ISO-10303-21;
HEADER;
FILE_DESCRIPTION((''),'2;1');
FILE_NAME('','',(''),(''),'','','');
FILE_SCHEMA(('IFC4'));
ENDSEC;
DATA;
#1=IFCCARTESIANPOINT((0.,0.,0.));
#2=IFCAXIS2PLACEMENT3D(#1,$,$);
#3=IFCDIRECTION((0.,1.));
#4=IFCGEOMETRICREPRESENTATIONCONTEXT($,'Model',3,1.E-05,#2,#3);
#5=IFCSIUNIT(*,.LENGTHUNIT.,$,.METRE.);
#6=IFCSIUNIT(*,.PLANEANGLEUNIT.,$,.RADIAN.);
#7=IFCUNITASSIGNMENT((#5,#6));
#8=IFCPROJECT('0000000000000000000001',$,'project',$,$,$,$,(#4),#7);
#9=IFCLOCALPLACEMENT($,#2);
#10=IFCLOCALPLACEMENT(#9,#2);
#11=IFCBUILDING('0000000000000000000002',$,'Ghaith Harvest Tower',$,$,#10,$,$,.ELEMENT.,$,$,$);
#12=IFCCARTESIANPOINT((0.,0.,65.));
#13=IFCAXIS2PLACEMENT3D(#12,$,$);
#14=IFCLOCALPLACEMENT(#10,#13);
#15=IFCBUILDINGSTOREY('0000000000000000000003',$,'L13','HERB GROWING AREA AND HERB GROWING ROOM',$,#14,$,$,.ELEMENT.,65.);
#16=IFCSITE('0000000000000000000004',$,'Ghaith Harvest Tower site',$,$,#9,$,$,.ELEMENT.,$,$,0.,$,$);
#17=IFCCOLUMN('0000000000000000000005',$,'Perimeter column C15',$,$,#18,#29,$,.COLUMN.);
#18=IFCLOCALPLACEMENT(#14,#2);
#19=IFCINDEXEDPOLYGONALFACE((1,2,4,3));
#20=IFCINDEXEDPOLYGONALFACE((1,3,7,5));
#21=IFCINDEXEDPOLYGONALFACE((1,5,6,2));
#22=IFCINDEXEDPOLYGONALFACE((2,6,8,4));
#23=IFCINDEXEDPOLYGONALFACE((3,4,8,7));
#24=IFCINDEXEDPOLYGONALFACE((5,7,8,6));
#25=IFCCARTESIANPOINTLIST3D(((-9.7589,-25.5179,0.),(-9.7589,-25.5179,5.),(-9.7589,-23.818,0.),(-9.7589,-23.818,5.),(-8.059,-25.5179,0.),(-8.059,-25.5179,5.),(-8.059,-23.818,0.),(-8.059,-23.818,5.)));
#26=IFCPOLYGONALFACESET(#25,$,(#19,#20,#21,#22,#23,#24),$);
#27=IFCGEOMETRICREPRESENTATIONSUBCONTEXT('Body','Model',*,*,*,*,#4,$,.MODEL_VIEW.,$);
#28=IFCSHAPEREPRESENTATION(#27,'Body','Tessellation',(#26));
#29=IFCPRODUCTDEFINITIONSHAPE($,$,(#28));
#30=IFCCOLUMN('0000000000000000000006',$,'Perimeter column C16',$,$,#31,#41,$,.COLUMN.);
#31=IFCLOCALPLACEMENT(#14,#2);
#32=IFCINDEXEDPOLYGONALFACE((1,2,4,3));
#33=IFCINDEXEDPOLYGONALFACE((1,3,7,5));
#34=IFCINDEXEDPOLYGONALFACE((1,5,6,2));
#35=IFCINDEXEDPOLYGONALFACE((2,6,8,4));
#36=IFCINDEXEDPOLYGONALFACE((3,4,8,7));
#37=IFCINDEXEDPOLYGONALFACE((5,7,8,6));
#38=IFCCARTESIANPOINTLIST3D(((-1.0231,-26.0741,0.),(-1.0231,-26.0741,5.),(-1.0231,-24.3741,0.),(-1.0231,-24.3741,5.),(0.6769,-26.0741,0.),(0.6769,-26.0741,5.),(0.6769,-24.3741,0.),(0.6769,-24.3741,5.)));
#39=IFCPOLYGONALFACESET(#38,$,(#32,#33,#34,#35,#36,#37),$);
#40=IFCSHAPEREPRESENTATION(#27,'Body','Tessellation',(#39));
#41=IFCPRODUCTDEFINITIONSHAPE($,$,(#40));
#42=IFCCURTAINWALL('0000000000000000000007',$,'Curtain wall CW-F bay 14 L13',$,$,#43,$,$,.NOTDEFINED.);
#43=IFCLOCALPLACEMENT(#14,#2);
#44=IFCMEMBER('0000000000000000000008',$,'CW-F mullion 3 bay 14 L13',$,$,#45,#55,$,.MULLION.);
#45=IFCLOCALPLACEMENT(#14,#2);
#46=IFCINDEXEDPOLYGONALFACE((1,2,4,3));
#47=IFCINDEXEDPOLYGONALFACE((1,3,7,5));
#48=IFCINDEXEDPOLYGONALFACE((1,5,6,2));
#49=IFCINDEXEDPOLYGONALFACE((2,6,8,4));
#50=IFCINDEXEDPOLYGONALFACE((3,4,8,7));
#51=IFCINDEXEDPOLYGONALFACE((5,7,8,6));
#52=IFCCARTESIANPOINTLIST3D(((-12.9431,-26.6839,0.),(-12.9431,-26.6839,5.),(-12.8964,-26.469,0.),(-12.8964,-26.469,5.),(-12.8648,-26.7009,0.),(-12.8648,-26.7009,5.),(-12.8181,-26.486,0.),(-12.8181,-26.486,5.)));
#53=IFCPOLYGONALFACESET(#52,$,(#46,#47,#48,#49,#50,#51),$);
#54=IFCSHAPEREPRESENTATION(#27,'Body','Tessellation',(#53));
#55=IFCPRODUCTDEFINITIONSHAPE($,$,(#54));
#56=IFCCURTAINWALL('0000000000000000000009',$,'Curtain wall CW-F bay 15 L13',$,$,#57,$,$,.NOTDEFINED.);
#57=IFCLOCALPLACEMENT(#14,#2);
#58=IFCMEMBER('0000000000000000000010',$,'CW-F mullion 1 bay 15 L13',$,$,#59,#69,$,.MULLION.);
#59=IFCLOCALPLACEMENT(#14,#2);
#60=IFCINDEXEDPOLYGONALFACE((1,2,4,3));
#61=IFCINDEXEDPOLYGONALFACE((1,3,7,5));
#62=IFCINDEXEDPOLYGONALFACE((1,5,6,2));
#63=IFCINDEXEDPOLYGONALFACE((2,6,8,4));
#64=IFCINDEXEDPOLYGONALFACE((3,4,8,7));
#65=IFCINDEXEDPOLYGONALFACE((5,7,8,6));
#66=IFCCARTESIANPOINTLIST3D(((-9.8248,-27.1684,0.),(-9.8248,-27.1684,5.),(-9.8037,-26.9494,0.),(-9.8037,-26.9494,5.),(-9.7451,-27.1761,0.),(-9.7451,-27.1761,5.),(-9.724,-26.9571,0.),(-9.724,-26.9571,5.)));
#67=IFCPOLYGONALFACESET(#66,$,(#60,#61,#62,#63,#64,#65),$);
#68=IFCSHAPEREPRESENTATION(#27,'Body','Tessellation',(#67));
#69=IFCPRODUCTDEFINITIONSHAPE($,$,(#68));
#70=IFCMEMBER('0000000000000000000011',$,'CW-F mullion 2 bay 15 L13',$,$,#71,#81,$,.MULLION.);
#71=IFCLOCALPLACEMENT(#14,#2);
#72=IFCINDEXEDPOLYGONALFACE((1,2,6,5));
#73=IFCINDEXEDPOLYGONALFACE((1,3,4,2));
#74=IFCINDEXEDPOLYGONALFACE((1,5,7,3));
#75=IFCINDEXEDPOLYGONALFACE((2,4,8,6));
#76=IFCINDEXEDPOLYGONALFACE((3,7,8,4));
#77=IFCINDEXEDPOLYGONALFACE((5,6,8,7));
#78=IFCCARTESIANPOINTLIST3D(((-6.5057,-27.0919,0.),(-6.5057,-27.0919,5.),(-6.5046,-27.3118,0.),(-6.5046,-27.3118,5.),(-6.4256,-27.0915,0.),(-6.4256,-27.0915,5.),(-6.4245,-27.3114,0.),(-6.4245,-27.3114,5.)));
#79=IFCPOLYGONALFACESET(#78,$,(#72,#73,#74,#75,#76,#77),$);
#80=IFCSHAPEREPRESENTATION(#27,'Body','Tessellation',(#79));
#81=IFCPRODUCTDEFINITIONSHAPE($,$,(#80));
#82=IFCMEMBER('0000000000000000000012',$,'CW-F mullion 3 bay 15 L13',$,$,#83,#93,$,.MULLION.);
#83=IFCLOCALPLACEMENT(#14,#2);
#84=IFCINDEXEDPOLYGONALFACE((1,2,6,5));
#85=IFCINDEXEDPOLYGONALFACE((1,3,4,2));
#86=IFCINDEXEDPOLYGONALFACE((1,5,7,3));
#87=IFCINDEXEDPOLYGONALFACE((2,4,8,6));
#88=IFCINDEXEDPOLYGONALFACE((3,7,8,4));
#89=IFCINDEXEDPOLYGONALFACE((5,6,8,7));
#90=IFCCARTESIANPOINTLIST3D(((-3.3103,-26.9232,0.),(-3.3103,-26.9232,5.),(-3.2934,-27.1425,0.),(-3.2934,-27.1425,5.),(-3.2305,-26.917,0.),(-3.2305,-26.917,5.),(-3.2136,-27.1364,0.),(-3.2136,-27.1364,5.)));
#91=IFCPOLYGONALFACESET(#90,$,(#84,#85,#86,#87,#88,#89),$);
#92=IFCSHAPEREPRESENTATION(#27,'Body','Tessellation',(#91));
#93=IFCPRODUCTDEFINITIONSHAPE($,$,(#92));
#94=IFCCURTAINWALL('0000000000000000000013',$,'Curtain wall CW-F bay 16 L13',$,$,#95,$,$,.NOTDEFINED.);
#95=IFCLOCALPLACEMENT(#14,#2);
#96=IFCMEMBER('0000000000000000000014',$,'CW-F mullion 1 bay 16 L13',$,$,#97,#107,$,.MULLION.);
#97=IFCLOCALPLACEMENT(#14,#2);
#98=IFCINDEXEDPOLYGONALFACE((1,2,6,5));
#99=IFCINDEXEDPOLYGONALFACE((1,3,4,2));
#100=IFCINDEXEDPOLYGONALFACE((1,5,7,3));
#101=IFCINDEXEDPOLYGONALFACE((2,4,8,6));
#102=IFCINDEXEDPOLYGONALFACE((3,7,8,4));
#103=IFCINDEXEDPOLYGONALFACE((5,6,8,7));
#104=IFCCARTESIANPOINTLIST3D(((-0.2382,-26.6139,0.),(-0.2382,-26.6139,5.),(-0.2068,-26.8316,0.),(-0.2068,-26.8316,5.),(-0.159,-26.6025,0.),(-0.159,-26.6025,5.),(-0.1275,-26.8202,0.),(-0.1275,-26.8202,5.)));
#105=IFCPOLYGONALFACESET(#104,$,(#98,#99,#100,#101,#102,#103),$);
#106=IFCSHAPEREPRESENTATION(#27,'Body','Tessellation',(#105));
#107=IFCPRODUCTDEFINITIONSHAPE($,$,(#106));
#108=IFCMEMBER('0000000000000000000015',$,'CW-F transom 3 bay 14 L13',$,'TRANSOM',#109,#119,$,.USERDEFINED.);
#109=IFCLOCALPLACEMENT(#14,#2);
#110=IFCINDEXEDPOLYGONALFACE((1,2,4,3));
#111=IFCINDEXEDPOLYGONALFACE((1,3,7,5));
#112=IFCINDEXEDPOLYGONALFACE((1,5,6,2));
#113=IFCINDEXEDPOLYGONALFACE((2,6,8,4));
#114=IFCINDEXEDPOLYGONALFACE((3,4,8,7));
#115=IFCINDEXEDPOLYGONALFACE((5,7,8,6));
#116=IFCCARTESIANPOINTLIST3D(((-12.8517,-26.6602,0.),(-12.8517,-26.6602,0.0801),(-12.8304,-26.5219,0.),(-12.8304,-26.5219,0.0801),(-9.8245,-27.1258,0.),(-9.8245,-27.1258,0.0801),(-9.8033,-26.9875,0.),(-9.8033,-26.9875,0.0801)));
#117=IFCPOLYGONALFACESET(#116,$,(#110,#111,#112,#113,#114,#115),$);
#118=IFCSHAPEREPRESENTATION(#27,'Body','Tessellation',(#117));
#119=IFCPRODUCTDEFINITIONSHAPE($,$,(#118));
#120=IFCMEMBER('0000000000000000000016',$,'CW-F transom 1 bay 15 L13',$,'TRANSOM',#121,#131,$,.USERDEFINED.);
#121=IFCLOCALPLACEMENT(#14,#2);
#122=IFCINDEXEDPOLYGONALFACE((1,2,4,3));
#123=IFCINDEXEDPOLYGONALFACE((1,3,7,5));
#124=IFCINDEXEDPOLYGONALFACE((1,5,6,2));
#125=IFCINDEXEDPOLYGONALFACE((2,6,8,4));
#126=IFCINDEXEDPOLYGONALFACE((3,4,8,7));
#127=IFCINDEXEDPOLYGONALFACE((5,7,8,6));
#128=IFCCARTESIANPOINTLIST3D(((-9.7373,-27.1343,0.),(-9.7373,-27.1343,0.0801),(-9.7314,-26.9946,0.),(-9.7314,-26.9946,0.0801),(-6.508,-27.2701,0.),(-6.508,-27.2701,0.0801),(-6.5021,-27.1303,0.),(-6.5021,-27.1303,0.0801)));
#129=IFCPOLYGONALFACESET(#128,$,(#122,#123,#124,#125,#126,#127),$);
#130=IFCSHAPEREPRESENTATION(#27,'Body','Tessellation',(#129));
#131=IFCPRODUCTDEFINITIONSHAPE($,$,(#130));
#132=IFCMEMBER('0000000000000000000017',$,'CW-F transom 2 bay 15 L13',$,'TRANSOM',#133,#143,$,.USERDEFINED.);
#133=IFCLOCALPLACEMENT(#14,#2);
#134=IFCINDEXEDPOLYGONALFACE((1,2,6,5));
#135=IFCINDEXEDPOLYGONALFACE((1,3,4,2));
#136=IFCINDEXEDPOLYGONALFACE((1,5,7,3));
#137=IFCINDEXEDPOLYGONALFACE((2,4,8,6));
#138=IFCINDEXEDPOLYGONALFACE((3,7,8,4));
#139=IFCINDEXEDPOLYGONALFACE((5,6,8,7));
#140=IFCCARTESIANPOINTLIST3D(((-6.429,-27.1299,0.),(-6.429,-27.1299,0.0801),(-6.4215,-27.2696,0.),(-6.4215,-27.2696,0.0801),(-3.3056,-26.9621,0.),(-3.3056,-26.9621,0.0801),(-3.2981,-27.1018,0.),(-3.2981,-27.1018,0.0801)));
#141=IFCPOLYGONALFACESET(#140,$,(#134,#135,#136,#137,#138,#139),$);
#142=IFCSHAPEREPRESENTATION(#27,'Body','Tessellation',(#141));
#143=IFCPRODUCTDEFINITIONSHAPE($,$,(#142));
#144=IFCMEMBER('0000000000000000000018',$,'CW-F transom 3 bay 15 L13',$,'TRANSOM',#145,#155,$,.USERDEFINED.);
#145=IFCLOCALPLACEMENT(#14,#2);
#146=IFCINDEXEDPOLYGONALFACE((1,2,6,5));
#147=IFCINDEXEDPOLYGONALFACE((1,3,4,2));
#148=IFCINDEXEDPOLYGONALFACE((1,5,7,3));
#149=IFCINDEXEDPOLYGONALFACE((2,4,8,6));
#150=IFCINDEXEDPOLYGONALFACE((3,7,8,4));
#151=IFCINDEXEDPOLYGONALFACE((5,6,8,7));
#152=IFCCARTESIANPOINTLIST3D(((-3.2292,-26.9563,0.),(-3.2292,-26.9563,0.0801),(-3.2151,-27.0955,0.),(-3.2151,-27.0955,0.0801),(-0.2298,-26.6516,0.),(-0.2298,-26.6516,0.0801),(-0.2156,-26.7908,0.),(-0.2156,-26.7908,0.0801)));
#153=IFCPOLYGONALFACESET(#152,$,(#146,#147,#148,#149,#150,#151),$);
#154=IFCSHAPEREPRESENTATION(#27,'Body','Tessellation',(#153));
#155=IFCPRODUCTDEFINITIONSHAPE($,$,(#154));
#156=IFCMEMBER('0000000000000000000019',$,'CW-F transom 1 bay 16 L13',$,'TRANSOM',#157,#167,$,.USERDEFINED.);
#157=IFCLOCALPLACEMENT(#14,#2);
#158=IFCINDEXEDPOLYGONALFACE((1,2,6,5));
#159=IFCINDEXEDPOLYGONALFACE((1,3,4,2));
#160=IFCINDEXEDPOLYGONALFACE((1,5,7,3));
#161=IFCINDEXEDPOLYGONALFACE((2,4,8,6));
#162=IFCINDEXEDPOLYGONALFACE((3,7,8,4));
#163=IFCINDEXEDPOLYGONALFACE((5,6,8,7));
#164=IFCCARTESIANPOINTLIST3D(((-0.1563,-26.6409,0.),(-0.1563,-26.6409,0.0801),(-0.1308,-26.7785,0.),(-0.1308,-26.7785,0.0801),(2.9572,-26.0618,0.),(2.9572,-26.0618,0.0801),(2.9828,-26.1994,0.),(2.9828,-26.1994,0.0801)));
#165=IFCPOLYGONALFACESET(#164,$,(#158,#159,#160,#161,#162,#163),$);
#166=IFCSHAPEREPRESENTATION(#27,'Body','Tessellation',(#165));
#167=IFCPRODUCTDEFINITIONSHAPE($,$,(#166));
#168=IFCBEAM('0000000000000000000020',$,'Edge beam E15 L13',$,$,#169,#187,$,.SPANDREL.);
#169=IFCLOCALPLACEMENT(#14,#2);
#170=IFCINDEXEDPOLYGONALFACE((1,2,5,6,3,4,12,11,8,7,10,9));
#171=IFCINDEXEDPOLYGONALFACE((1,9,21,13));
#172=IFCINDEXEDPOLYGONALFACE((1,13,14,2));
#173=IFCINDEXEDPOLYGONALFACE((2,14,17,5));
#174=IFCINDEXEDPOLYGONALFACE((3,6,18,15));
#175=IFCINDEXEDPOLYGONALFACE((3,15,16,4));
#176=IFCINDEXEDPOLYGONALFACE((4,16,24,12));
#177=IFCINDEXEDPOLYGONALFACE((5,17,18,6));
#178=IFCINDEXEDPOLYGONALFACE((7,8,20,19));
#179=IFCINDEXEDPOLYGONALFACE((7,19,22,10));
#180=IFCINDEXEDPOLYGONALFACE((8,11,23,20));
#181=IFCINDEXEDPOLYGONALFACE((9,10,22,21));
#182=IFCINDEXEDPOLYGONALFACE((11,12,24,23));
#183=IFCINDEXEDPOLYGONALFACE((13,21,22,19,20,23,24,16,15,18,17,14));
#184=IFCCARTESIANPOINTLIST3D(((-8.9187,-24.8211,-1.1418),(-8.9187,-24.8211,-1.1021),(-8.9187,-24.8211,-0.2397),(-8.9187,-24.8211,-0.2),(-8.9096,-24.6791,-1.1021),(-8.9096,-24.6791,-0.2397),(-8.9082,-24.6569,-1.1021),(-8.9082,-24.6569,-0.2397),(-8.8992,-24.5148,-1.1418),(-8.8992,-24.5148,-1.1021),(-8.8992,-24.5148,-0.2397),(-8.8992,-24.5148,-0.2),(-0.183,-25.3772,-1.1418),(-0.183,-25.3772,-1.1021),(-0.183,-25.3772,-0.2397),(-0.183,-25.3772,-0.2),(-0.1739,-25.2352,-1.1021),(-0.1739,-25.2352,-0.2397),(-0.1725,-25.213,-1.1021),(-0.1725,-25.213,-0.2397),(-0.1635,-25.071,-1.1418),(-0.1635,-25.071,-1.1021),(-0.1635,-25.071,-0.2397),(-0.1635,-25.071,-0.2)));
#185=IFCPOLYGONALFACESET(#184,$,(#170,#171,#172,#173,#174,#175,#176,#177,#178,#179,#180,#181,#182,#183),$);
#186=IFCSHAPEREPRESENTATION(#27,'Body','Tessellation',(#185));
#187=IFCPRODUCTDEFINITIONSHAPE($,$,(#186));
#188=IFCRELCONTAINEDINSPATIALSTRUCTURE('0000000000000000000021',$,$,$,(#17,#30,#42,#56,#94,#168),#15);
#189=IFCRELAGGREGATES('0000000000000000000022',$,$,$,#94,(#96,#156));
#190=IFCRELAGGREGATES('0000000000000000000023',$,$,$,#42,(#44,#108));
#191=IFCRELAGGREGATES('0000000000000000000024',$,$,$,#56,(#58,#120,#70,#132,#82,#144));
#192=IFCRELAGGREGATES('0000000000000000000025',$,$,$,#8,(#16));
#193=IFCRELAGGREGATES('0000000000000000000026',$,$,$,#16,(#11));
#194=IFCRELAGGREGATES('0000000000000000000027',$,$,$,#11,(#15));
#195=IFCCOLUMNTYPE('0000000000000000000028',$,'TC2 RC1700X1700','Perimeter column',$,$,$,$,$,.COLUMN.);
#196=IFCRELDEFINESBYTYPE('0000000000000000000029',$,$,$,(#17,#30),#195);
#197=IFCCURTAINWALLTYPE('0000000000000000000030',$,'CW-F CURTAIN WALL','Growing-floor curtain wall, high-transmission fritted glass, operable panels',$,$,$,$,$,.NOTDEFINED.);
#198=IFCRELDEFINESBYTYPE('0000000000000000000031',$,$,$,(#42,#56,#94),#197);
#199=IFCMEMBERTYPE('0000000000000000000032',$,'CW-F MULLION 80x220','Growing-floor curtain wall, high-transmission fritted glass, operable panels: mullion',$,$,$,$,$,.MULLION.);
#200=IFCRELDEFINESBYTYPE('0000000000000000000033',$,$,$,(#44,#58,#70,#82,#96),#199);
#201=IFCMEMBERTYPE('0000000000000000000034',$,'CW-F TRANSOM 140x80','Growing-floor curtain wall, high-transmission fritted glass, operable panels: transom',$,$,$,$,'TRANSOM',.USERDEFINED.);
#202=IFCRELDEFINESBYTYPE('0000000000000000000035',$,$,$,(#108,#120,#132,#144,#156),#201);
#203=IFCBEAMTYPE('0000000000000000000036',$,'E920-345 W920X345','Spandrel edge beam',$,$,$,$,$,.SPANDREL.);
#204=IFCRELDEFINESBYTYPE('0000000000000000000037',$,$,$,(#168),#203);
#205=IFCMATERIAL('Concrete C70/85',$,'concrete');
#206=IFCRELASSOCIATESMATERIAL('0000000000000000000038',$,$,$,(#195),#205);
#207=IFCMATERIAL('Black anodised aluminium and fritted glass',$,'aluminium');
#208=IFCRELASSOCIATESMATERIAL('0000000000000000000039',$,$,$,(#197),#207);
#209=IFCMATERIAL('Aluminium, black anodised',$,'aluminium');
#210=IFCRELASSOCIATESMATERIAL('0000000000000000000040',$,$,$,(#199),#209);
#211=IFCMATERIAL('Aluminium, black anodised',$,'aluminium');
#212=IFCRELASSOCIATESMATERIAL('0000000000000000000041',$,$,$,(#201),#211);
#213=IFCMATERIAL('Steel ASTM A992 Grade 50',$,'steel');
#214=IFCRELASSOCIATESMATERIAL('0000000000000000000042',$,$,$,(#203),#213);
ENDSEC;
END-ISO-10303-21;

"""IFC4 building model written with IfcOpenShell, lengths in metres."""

from ifc_helpers import new_model, si_unit, direction, frame, origin, origin_2d, place, context, subcontext, project, spatial, rectangle, i_section, extrude, material, material_profile, profile_set, type_object, element, aggregate, save


model = new_model("IFC4")

# Units and contexts
model_context = context("Model", 3, precision=1e-05, world=origin(), true_north=direction((0.0, 1.0)))
body_context = subcontext(model_context, "Body", "Model", "MODEL_VIEW")
ifc_project = project(units=[si_unit("LENGTHUNIT", "METRE"), si_unit("PLANEANGLEUNIT", "RADIAN")], contexts=[model_context])

# Site, building, storey
site_placement = place(None, origin())
site = spatial("IfcSite", under=ifc_project, at=site_placement, Name="Ghaith Harvest Tower site", CompositionType="ELEMENT", RefElevation=0.0)
building_placement = place(site_placement, origin())
building = spatial("IfcBuilding", under=site, at=building_placement, Name="Ghaith Harvest Tower", CompositionType="ELEMENT")
storey_placement = place(building_placement, frame((0.0, 0.0, 65.0)))
storey = spatial("IfcBuildingStorey", under=building, at=storey_placement, Name="L13", Description="HERB GROWING AREA AND HERB GROWING ROOM", CompositionType="ELEMENT", Elevation=65.0)

# Columns
ifc_material_1 = material(Name="Concrete C70/85", Category="concrete")
ifc_material_profile_1 = material_profile(ifc_material_1, rectangle(XDim=1.7, YDim=1.7, at=origin_2d()), Name="RC1700X1700")
ifc_profile_set_1 = profile_set([ifc_material_profile_1], Name="Concrete C70/85")
column_type = type_object("IfcColumnType", Name="TC2 RC1700X1700", Description="Perimeter column", PredefinedType="COLUMN", material=ifc_profile_set_1)
for number, where, z_axis, x_axis, name in (
    (1, (-8.9089, -24.668, 0.0), (0.0, 0.0, 1.0), (1.0, 0.0, 0.0), "Perimeter column C15"),
    (2, (-0.1731, -25.2241, 0.0), (0.0, 0.0, 1.0), (1.0, 0.0, 0.0), "Perimeter column C16"),
):
    element("IfcColumn", number, at=place(storey_placement, frame(where, z_axis=z_axis, x_axis=x_axis)), inside=storey, type_object=column_type, Name=name, PredefinedType="COLUMN", context=body_context, shape_type="SweptSolid", body=[
        extrude(rectangle(XDim=1.7, YDim=1.7, at=origin_2d()), origin(), (0.0, 0.0, 1.0), 5.0),
    ])

# Curtain wall, member
ifc_material_2 = material(Name="Black anodised aluminium and fritted glass", Category="aluminium")
curtain_wall_type = type_object("IfcCurtainWallType", Name="CW-F CURTAIN WALL", Description="Growing-floor curtain wall, high-transmission fritted glass, operable panels", PredefinedType="NOTDEFINED", material=ifc_material_2)
curtain_wall_1_placement = place(storey_placement, origin())
curtain_wall_1 = element("IfcCurtainWall", 3, at=curtain_wall_1_placement, inside=storey, type_object=curtain_wall_type, Name="Curtain wall CW-F bay 14 L13", PredefinedType="NOTDEFINED")
ifc_material_3 = material(Name="Aluminium, black anodised", Category="aluminium")
ifc_material_profile_2 = material_profile(ifc_material_3, rectangle(XDim=0.0801, YDim=0.22, at=origin_2d()), Name="CW-F MULLION 80x220")
ifc_profile_set_2 = profile_set([ifc_material_profile_2], Name="Aluminium, black anodised")
member_type_1 = type_object("IfcMemberType", Name="CW-F MULLION 80x220", Description="Growing-floor curtain wall, high-transmission fritted glass, operable panels: mullion", PredefinedType="MULLION", material=ifc_profile_set_2)
member_1_placement = place(storey_placement, frame((-12.8806, -26.585, 0.0), z_axis=(0.0, 0.0, 1.0), x_axis=(0.977207, -0.212289, 0.0)))
member_1 = element("IfcMember", 4, at=member_1_placement, type_object=member_type_1, Name="CW-F mullion 3 bay 14 L13", PredefinedType="MULLION", context=body_context, shape_type="SweptSolid", body=[
    extrude(rectangle(XDim=0.0801, YDim=0.22, at=origin_2d()), origin(), (0.0, 0.0, 1.0), 5.0),
])

# Curtain wall, members
curtain_wall_2_placement = place(storey_placement, origin())
curtain_wall_2 = element("IfcCurtainWall", 5, at=curtain_wall_2_placement, inside=storey, type_object=curtain_wall_type, Name="Curtain wall CW-F bay 15 L13", PredefinedType="NOTDEFINED")
member_2_placement = place(storey_placement, frame((-9.7744, -27.0627, 0.0), z_axis=(0.0, 0.0, 1.0), x_axis=(0.995408, -0.095718, 0.0)))
member_2 = element("IfcMember", 6, at=member_2_placement, type_object=member_type_1, Name="CW-F mullion 1 bay 15 L13", PredefinedType="MULLION", context=body_context, shape_type="SweptSolid", body=[
    extrude(rectangle(XDim=0.0801, YDim=0.22, at=origin_2d()), origin(), (0.0, 0.0, 1.0), 5.0),
])
member_3_placement = place(storey_placement, frame((-6.4651, -27.2017, 0.0), z_axis=(0.0, 0.0, 1.0), x_axis=(0.999987, 0.005058, 0.0)))
member_3 = element("IfcMember", 7, at=member_3_placement, type_object=member_type_1, Name="CW-F mullion 2 bay 15 L13", PredefinedType="MULLION", context=body_context, shape_type="SweptSolid", body=[
    extrude(rectangle(XDim=0.0801, YDim=0.22, at=origin_2d()), origin(), (0.0, 0.0, 1.0), 5.0),
])
member_4_placement = place(storey_placement, frame((-3.262, -27.0298, 0.0), z_axis=(0.0, 0.0, 1.0), x_axis=(0.997038, 0.076917, 0.0)))
member_4 = element("IfcMember", 8, at=member_4_placement, type_object=member_type_1, Name="CW-F mullion 3 bay 15 L13", PredefinedType="MULLION", context=body_context, shape_type="SweptSolid", body=[
    extrude(rectangle(XDim=0.0801, YDim=0.22, at=origin_2d()), origin(), (0.0, 0.0, 1.0), 5.0),
])

# Curtain wall, member
curtain_wall_3_placement = place(storey_placement, origin())
curtain_wall_3 = element("IfcCurtainWall", 9, at=curtain_wall_3_placement, inside=storey, type_object=curtain_wall_type, Name="Curtain wall CW-F bay 16 L13", PredefinedType="NOTDEFINED")
member_5_placement = place(storey_placement, frame((-0.1829, -26.717, 0.0), z_axis=(0.0, 0.0, 1.0), x_axis=(0.989712, 0.143075, 0.0)))
member_5 = element("IfcMember", 10, at=member_5_placement, type_object=member_type_1, Name="CW-F mullion 1 bay 16 L13", PredefinedType="MULLION", context=body_context, shape_type="SweptSolid", body=[
    extrude(rectangle(XDim=0.0801, YDim=0.22, at=origin_2d()), origin(), (0.0, 0.0, 1.0), 5.0),
])

# Members
ifc_material_4 = material(Name="Aluminium, black anodised", Category="aluminium")
ifc_material_profile_3 = material_profile(ifc_material_4, rectangle(XDim=0.1399, YDim=0.0801, at=origin_2d()), Name="CW-F TRANSOM 140x80")
ifc_profile_set_3 = profile_set([ifc_material_profile_3], Name="Aluminium, black anodised")
member_type_2 = type_object("IfcMemberType", Name="CW-F TRANSOM 140x80", Description="Growing-floor curtain wall, high-transmission fritted glass, operable panels: transom", ElementType="TRANSOM", PredefinedType="USERDEFINED", material=ifc_profile_set_3)
member_6_placement = place(storey_placement, frame((-12.8411, -26.5911, 0.04), z_axis=(0.988378, -0.152015, 0.0), x_axis=(0.152015, 0.988378, 0.0)))
member_6 = element("IfcMember", 11, at=member_6_placement, type_object=member_type_2, Name="CW-F transom 3 bay 14 L13", ObjectType="TRANSOM", PredefinedType="USERDEFINED", context=body_context, shape_type="SweptSolid", body=[
    extrude(rectangle(XDim=0.1399, YDim=0.0801, at=origin_2d()), origin(), (0.0, 0.0, 1.0), 3.0627),
])
member_7_placement = place(storey_placement, frame((-9.7344, -27.0645, 0.04), z_axis=(0.999118, -0.041998, 0.0), x_axis=(0.041998, 0.999118, 0.0)))
member_7 = element("IfcMember", 12, at=member_7_placement, type_object=member_type_2, Name="CW-F transom 1 bay 15 L13", ObjectType="TRANSOM", PredefinedType="USERDEFINED", context=body_context, shape_type="SweptSolid", body=[
    extrude(rectangle(XDim=0.1399, YDim=0.0801, at=origin_2d()), origin(), (0.0, 0.0, 1.0), 3.2322),
])
member_8_placement = place(storey_placement, frame((-6.4253, -27.1997, 0.04), z_axis=(0.998561, 0.05362, 0.0), x_axis=(-0.05362, 0.998561, 0.0)))
member_8 = element("IfcMember", 13, at=member_8_placement, type_object=member_type_2, Name="CW-F transom 2 bay 15 L13", ObjectType="TRANSOM", PredefinedType="USERDEFINED", context=body_context, shape_type="SweptSolid", body=[
    extrude(rectangle(XDim=0.1399, YDim=0.0801, at=origin_2d()), origin(), (0.0, 0.0, 1.0), 3.1279),
])
member_9_placement = place(storey_placement, frame((-3.2222, -27.0259, 0.04), z_axis=(0.99488, 0.101059, 0.0), x_axis=(-0.101059, 0.99488, 0.0)))
member_9 = element("IfcMember", 14, at=member_9_placement, type_object=member_type_2, Name="CW-F transom 3 bay 15 L13", ObjectType="TRANSOM", PredefinedType="USERDEFINED", context=body_context, shape_type="SweptSolid", body=[
    extrude(rectangle(XDim=0.1399, YDim=0.0801, at=origin_2d()), origin(), (0.0, 0.0, 1.0), 3.0149),
])
member_10_placement = place(storey_placement, frame((-0.1436, -26.7097, 0.04), z_axis=(0.983139, 0.182859, 0.0), x_axis=(-0.182859, 0.983139, 0.0)))
member_10 = element("IfcMember", 15, at=member_10_placement, type_object=member_type_2, Name="CW-F transom 1 bay 16 L13", ObjectType="TRANSOM", PredefinedType="USERDEFINED", context=body_context, shape_type="SweptSolid", body=[
    extrude(rectangle(XDim=0.1399, YDim=0.0801, at=origin_2d()), origin(), (0.0, 0.0, 1.0), 3.167),
])
aggregate(curtain_wall_3, [member_5, member_10])

# Beam
ifc_material_5 = material(Name="Steel ASTM A992 Grade 50", Category="steel")
ifc_material_profile_4 = material_profile(ifc_material_5, i_section(OverallWidth=0.3069, OverallDepth=0.9419, WebThickness=0.0222, FlangeThickness=0.0398, at=origin_2d()), Name="W920X345")
ifc_profile_set_4 = profile_set([ifc_material_profile_4], Name="Steel ASTM A992 Grade 50")
beam_type_1 = type_object("IfcBeamType", Name="E920-345 W920X345", Description="Spandrel edge beam", PredefinedType="SPANDREL", material=ifc_profile_set_4)
beam_1_placement = place(storey_placement, frame((-8.9089, -24.668, -0.6709), z_axis=(0.99798, -0.063535, 0.0), x_axis=(0.063535, 0.99798, 0.0)))
element("IfcBeam", 16, at=beam_1_placement, inside=storey, type_object=beam_type_1, Name="Edge beam E15 L13", PredefinedType="SPANDREL", context=body_context, shape_type="SweptSolid", body=[
    extrude(i_section(OverallWidth=0.3069, OverallDepth=0.9419, WebThickness=0.0222, FlangeThickness=0.0398, at=origin_2d()), origin(), (0.0, 0.0, 1.0), 8.7534),
])

aggregate(curtain_wall_1, [member_1, member_6])
aggregate(curtain_wall_2, [member_2, member_7, member_3, member_8, member_4, member_9])

save(model, "model.ifc")
